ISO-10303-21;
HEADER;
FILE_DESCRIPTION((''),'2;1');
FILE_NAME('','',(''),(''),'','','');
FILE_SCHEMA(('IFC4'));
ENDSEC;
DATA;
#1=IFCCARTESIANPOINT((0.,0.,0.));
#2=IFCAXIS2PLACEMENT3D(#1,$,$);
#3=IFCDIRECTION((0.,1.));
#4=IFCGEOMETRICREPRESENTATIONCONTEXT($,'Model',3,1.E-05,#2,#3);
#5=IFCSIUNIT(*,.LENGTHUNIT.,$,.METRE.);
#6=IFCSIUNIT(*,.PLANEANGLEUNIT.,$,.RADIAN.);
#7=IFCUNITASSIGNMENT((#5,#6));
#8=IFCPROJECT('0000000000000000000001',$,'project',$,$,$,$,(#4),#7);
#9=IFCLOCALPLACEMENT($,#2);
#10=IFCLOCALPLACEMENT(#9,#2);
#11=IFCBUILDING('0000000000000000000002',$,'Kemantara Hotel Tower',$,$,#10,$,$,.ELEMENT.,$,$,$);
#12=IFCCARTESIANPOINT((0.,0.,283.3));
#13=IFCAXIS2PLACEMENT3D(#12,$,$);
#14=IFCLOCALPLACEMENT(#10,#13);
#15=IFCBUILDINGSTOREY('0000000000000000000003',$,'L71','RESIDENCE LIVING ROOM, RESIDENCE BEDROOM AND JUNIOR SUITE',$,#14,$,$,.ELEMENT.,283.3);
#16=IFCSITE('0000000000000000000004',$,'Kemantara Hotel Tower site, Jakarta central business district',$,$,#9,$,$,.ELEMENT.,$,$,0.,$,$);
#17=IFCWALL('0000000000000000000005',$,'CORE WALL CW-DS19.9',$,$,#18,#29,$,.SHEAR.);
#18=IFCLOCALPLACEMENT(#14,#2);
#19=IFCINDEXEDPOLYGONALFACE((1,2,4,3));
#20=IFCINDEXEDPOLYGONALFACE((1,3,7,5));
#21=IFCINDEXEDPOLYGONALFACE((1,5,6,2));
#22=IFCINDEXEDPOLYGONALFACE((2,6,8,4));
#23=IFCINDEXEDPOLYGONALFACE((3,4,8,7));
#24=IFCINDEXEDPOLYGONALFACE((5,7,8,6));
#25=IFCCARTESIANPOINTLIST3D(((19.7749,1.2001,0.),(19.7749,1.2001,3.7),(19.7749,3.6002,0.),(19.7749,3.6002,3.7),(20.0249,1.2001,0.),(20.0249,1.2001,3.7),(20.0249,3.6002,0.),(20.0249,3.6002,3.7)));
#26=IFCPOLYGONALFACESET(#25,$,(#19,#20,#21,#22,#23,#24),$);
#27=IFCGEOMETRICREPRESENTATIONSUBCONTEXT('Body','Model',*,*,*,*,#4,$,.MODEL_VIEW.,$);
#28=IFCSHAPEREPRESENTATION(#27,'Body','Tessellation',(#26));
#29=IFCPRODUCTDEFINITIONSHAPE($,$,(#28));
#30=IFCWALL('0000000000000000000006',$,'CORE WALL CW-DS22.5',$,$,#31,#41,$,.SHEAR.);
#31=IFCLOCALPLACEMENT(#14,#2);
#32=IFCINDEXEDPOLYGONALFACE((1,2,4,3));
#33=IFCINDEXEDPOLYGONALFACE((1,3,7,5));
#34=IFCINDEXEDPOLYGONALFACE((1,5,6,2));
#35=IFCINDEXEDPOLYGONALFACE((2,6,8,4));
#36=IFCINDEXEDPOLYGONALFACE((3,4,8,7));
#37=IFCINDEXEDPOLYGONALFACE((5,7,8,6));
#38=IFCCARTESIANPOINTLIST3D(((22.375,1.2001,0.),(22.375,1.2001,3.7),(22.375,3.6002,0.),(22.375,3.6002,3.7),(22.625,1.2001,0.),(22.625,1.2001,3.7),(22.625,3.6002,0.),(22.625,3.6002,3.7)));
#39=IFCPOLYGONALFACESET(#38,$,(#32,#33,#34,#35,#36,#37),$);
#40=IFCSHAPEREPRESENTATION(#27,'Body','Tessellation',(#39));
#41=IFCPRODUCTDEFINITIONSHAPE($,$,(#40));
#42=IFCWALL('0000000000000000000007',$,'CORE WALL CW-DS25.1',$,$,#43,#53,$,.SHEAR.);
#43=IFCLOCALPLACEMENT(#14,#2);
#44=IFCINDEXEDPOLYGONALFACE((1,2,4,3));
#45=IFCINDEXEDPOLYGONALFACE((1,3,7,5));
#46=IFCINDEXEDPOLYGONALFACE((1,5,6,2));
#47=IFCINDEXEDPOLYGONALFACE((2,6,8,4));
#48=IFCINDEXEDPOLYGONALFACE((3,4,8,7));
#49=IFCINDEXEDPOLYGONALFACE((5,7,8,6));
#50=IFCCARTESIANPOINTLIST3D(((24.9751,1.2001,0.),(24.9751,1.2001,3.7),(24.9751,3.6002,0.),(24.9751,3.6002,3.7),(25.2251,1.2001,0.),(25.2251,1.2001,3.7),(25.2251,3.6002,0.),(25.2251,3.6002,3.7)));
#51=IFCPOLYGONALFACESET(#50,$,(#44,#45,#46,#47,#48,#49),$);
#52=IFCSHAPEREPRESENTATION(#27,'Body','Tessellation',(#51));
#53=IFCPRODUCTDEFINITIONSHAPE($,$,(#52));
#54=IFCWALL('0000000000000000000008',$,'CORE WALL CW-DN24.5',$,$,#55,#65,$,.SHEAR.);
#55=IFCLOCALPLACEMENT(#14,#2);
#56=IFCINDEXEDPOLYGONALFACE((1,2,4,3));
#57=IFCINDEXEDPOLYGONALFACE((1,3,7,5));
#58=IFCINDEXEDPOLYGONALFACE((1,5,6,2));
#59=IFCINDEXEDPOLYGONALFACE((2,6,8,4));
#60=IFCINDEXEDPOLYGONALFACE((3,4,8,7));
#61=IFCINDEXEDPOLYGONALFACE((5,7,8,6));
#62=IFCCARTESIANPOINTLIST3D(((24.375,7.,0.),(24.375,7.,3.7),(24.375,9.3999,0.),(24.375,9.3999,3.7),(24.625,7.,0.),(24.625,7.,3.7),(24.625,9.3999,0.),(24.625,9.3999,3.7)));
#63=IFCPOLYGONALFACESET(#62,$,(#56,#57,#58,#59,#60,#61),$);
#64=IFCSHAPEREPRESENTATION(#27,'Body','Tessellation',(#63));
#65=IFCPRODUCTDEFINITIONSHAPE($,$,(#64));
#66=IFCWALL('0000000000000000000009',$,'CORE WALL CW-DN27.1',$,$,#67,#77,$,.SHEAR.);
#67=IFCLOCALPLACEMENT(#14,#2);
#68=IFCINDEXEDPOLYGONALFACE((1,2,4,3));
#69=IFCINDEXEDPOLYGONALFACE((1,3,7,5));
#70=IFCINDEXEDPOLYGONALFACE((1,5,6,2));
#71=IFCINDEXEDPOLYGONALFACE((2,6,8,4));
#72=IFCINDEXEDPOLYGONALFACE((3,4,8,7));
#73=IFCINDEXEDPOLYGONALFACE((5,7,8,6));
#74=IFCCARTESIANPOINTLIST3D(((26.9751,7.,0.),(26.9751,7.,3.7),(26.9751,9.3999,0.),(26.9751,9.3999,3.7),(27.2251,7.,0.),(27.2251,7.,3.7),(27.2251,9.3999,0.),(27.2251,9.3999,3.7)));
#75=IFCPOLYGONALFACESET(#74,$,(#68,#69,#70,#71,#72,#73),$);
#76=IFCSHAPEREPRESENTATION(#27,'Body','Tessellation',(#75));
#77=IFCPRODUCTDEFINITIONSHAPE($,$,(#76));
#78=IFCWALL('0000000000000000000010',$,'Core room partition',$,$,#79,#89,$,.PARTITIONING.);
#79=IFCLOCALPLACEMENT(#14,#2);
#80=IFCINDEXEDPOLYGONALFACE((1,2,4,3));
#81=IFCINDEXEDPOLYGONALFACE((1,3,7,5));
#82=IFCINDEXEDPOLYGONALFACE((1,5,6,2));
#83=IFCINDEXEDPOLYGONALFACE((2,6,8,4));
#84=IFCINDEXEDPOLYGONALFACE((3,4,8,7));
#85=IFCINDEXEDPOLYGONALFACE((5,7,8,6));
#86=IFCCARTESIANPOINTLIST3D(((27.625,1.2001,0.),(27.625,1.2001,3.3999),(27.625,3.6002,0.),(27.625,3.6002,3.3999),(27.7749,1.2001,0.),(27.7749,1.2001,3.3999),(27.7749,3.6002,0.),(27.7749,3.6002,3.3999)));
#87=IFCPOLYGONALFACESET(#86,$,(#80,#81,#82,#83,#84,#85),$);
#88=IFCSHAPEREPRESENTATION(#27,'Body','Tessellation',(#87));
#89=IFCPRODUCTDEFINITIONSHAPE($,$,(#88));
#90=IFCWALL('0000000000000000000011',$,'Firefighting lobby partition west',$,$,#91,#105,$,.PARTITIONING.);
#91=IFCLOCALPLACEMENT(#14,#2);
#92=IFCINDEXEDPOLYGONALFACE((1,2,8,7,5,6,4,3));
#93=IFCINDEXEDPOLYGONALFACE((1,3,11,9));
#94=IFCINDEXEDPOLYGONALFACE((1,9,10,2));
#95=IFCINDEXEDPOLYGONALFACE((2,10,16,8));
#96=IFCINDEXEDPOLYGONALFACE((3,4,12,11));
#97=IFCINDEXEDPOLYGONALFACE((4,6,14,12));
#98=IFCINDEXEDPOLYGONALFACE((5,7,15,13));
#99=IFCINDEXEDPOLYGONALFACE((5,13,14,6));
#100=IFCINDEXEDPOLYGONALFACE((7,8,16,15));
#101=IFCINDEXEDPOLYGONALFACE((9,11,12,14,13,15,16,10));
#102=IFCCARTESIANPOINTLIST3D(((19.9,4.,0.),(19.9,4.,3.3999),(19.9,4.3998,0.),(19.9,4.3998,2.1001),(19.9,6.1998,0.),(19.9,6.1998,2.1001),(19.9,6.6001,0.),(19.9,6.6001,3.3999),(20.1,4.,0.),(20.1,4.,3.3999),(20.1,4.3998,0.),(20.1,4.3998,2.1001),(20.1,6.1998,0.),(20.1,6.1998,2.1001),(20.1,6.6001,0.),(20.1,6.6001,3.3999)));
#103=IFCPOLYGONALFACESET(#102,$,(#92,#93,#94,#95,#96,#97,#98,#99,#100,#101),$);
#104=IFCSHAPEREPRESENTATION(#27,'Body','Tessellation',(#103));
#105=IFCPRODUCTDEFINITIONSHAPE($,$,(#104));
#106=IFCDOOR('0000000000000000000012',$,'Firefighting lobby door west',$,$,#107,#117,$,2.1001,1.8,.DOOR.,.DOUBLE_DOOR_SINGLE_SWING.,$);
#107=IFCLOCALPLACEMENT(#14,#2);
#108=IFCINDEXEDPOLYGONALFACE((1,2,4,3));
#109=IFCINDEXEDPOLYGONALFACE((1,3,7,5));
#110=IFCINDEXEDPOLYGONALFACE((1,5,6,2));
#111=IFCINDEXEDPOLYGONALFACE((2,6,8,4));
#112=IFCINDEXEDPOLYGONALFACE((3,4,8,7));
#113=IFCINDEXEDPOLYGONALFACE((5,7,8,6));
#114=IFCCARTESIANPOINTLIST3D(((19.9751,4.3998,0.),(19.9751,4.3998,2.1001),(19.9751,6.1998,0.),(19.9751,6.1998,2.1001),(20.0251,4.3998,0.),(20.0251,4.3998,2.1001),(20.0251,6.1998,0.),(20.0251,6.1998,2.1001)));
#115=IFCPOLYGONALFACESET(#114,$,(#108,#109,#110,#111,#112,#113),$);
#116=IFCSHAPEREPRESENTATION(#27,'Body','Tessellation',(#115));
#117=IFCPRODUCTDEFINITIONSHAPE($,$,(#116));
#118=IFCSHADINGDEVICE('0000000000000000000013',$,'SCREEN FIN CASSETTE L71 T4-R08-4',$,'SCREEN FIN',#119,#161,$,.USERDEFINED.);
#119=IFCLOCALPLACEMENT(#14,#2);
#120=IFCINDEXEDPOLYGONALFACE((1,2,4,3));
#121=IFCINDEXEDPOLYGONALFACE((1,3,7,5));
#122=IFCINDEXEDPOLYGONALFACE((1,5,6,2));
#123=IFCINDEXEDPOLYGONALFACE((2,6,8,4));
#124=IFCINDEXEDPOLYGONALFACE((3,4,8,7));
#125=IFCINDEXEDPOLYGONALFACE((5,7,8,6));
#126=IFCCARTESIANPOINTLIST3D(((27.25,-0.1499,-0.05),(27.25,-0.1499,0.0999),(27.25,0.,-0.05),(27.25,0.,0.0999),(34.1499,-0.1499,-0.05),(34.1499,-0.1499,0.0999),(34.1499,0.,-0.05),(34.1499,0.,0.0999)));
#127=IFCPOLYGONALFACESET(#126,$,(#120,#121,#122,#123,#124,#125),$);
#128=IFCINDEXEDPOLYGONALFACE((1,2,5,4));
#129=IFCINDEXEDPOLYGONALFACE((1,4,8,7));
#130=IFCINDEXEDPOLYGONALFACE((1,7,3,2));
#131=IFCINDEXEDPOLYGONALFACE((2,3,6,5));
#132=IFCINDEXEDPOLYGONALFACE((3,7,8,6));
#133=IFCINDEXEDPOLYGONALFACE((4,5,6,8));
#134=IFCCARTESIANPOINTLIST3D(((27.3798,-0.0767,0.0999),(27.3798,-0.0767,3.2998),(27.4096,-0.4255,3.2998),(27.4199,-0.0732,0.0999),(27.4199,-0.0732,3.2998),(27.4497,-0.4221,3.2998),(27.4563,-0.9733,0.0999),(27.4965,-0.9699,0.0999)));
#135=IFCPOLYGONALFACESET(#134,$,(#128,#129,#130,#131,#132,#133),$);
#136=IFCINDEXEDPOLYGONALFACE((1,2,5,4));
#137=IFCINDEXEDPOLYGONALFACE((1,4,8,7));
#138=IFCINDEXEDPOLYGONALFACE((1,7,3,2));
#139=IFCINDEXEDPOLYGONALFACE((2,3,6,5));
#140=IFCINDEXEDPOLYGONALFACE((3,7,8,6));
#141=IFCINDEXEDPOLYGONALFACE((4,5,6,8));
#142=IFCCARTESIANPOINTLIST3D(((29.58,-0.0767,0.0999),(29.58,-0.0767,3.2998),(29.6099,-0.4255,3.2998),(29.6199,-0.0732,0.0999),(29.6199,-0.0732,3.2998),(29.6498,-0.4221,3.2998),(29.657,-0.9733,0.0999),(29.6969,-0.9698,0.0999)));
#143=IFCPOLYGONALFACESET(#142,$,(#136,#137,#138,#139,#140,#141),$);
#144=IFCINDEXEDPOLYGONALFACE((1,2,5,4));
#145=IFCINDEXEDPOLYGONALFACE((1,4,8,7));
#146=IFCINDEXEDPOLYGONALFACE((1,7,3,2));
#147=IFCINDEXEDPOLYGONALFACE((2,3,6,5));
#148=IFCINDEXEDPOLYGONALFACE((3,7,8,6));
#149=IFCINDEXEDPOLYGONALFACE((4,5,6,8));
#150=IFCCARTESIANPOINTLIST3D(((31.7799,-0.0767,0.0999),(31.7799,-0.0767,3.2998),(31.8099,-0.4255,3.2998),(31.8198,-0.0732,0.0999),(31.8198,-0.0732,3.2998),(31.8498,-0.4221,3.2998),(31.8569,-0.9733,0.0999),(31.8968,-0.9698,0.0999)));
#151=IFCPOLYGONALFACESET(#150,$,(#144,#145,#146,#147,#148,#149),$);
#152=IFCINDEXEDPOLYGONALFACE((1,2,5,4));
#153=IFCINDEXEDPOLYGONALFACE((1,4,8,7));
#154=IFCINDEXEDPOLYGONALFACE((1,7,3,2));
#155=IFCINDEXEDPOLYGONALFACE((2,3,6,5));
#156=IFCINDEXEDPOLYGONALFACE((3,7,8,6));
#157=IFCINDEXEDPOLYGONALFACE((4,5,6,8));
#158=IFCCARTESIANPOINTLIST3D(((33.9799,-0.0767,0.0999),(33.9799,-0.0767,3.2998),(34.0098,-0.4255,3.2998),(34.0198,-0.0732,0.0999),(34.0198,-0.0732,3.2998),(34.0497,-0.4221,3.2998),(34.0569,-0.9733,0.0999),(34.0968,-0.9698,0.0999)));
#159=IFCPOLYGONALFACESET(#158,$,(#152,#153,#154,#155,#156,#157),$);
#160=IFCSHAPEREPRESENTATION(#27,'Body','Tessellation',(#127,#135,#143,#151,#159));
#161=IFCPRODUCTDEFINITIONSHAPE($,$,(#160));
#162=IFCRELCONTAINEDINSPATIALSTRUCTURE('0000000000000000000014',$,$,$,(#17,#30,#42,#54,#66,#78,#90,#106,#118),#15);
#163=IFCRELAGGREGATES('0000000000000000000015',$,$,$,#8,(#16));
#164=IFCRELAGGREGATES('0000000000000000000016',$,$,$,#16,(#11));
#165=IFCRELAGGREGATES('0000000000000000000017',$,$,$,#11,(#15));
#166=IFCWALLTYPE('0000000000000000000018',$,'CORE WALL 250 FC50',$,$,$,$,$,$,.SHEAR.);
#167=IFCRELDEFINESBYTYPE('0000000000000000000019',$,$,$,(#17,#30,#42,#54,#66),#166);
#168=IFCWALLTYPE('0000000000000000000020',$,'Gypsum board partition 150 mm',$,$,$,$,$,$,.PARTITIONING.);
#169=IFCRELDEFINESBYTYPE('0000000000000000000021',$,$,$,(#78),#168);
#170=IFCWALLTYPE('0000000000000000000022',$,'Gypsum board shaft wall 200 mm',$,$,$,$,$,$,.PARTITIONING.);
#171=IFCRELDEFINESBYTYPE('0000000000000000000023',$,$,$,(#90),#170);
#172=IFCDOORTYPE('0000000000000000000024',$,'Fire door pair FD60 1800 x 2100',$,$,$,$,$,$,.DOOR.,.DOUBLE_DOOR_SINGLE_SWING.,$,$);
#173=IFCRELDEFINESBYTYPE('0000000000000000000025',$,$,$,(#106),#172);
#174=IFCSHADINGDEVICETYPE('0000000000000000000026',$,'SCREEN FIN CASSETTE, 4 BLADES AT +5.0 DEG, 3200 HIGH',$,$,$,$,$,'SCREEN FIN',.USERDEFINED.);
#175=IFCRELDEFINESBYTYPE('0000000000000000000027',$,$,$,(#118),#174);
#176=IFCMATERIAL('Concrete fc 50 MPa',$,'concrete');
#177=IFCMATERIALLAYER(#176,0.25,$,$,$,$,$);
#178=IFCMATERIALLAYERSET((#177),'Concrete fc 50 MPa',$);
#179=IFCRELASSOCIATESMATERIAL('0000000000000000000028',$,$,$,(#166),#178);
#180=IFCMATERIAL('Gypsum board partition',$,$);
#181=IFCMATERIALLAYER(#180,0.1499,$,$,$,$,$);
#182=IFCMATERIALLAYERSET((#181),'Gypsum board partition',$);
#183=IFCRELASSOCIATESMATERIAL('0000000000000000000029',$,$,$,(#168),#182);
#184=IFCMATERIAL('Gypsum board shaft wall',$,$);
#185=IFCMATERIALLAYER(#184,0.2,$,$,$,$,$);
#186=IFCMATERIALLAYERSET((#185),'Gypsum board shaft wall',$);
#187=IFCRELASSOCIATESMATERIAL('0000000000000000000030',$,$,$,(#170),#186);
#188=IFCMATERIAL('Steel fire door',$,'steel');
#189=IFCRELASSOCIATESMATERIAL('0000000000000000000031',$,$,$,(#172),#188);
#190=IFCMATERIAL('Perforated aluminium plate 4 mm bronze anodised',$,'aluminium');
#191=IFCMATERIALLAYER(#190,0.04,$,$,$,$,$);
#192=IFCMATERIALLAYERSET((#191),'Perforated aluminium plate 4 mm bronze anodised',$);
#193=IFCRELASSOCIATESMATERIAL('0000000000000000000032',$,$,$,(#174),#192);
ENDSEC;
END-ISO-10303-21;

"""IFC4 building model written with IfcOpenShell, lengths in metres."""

from ifc_helpers import new_model, si_unit, direction, frame, frame_2d, origin, origin_2d, place, context, subcontext, project, spatial, polyline, rectangle, outline, extrude, source, transform, mapped, material, layer, layer_set, type_object, element, fill, save


model = new_model("IFC4")

# Units and contexts
model_context = context("Model", 3, precision=1e-05, world=origin(), true_north=direction((0.0, 1.0)))
body_context = subcontext(model_context, "Body", "Model", "MODEL_VIEW")
ifc_project = project(units=[si_unit("LENGTHUNIT", "METRE"), si_unit("PLANEANGLEUNIT", "RADIAN")], contexts=[model_context])

# Site, building, storey
site_placement = place(None, origin())
site = spatial("IfcSite", under=ifc_project, at=site_placement, Name="Kemantara Hotel Tower site, Jakarta central business district", CompositionType="ELEMENT", RefElevation=0.0)
building_placement = place(site_placement, origin())
building = spatial("IfcBuilding", under=site, at=building_placement, Name="Kemantara Hotel Tower", CompositionType="ELEMENT")
storey_placement = place(building_placement, frame((0.0, 0.0, 283.3)))
storey = spatial("IfcBuildingStorey", under=building, at=storey_placement, Name="L71", Description="RESIDENCE LIVING ROOM, RESIDENCE BEDROOM AND JUNIOR SUITE", CompositionType="ELEMENT", Elevation=283.3)

# Walls
ifc_material_1 = material(Name="Concrete fc 50 MPa", Category="concrete")
ifc_layer_1 = layer(ifc_material_1, 0.25)
ifc_layer_set_1 = layer_set([ifc_layer_1], Name="Concrete fc 50 MPa")
wall_type_1 = type_object("IfcWallType", Name="CORE WALL 250 FC50", PredefinedType="SHEAR", material=ifc_layer_set_1)
for number, where, z_axis, x_axis, name in (
    (1, (19.8999, 1.2, 0.0), (0.0, 0.0, 1.0), (0.0, 1.0, 0.0), "CORE WALL CW-DS19.9"),
    (2, (22.5, 1.2, 0.0), (0.0, 0.0, 1.0), (0.0, 1.0, 0.0), "CORE WALL CW-DS22.5"),
    (3, (25.1001, 1.2, 0.0), (0.0, 0.0, 1.0), (0.0, 1.0, 0.0), "CORE WALL CW-DS25.1"),
):
    element("IfcWall", number, at=place(storey_placement, frame(where, z_axis=z_axis, x_axis=x_axis)), inside=storey, type_object=wall_type_1, Name=name, PredefinedType="SHEAR", context=body_context, shape_type="SweptSolid", body=[
        extrude(rectangle(XDim=2.4001, YDim=0.25, at=frame_2d((1.2002, 0.0))), origin(), (0.0, 0.0, 1.0), 3.7),
    ])
for number, where, z_axis, x_axis, name in (
    (4, (24.5, 7.0, 0.0), (0.0, 0.0, 1.0), (0.0, 1.0, 0.0), "CORE WALL CW-DN24.5"),
    (5, (27.1001, 7.0, 0.0), (0.0, 0.0, 1.0), (0.0, 1.0, 0.0), "CORE WALL CW-DN27.1"),
):
    element("IfcWall", number, at=place(storey_placement, frame(where, z_axis=z_axis, x_axis=x_axis)), inside=storey, type_object=wall_type_1, Name=name, PredefinedType="SHEAR", context=body_context, shape_type="SweptSolid", body=[
        extrude(rectangle(XDim=2.3999, YDim=0.25, at=frame_2d((1.2, 0.0))), origin(), (0.0, 0.0, 1.0), 3.7),
    ])
ifc_material_2 = material(Name="Gypsum board partition")
ifc_layer_2 = layer(ifc_material_2, 0.1499)
ifc_layer_set_2 = layer_set([ifc_layer_2], Name="Gypsum board partition")
wall_type_2 = type_object("IfcWallType", Name="Gypsum board partition 150 mm", PredefinedType="PARTITIONING", material=ifc_layer_set_2)
wall_1_placement = place(storey_placement, frame((27.7, 1.2, 0.0), z_axis=(0.0, 0.0, 1.0), x_axis=(0.0, 1.0, 0.0)))
element("IfcWall", 6, at=wall_1_placement, inside=storey, type_object=wall_type_2, Name="Core room partition", PredefinedType="PARTITIONING", context=body_context, shape_type="SweptSolid", body=[
    extrude(rectangle(XDim=2.4001, YDim=0.1499, at=frame_2d((1.2002, 0.0))), origin(), (0.0, 0.0, 1.0), 3.3999),
])

# Wall, opening, door
ifc_material_3 = material(Name="Gypsum board shaft wall")
ifc_layer_3 = layer(ifc_material_3, 0.2)
ifc_layer_set_3 = layer_set([ifc_layer_3], Name="Gypsum board shaft wall")
wall_type_3 = type_object("IfcWallType", Name="Gypsum board shaft wall 200 mm", PredefinedType="PARTITIONING", material=ifc_layer_set_3)
wall_2_placement = place(storey_placement, frame((20.0, 4.0, 0.0), z_axis=(0.0, 0.0, 1.0), x_axis=(0.0, 1.0, 0.0)))
wall_2 = element("IfcWall", 7, at=wall_2_placement, inside=storey, type_object=wall_type_3, Name="Firefighting lobby partition west", PredefinedType="PARTITIONING", context=body_context, shape_type="SweptSolid", body=[
    extrude(rectangle(XDim=2.6001, YDim=0.2, at=frame_2d((1.3, 0.0))), origin(), (0.0, 0.0, 1.0), 3.3999),
])
opening_placement = place(wall_2_placement, frame((0.3999, 0.0, 0.0)))
opening = element("IfcOpeningElement", 8, at=opening_placement, cuts=wall_2, PredefinedType="OPENING", context=body_context, shape_type="SweptSolid", body=[
    extrude(rectangle(XDim=1.8, YDim=2.1001, at=frame_2d((0.8999, 1.05))), frame((0.0, 0.1099, 0.0), z_axis=(0.0, -1.0, 0.0), x_axis=(1.0, 0.0, 0.0)), (0.0, 0.0, 1.0), 0.22),
])
ifc_material_4 = material(Name="Steel fire door", Category="steel")
door_type = type_object("IfcDoorType", Name="Fire door pair FD60 1800 x 2100", OperationType="DOUBLE_DOOR_SINGLE_SWING", PredefinedType="DOOR", material=ifc_material_4)
door_placement = place(opening_placement, origin())
door = element("IfcDoor", 9, at=door_placement, inside=storey, type_object=door_type, Name="Firefighting lobby door west", OperationType="DOUBLE_DOOR_SINGLE_SWING", OverallHeight=2.1001, OverallWidth=1.8, PredefinedType="DOOR", context=body_context, shape_type="SweptSolid", body=[
    extrude(rectangle(XDim=1.8, YDim=2.1001, at=frame_2d((0.8999, 1.05))), frame((0.0, 0.0249, 0.0), z_axis=(0.0, -1.0, 0.0), x_axis=(1.0, 0.0, 0.0)), (0.0, 0.0, 1.0), 0.05),
])
fill(opening, door)

# Shading device
ifc_material_5 = material(Name="Perforated aluminium plate 4 mm bronze anodised", Category="aluminium")
ifc_layer_4 = layer(ifc_material_5, 0.04)
ifc_layer_set_4 = layer_set([ifc_layer_4], Name="Perforated aluminium plate 4 mm bronze anodised")
shading_device_type = type_object("IfcShadingDeviceType", Name="SCREEN FIN CASSETTE, 4 BLADES AT +5.0 DEG, 3200 HIGH", ElementType="SCREEN FIN", PredefinedType="USERDEFINED", material=ifc_layer_set_4)
shared_shape = source(origin(), body_context, "Body", "SweptSolid", [
    extrude(rectangle(XDim=6.8999, YDim=0.1499, at=origin_2d()), frame((3.3, -0.075, -0.1499), z_axis=(0.0, 0.0, 1.0), x_axis=(1.0, 0.0, 0.0)), (0.0, 0.0, 1.0), 0.1499),
    extrude(outline(polyline([(0.0, 0.0), (0.8999, 0.0), (0.3501, 3.2), (0.0, 3.2), (0.0, 0.0)])), frame((0.02, -0.0732, 0.0), z_axis=(-0.996376, -0.085056, 0.0), x_axis=(0.085056, -0.996376, 0.0)), (0.0, 0.0, 1.0), 0.0403),
    extrude(outline(polyline([(0.0, 0.0), (0.8999, 0.0), (0.3501, 3.2), (0.0, 3.2), (0.0, 0.0)])), frame((2.22, -0.0732, 0.0), z_axis=(-0.996332, -0.085575, 0.0), x_axis=(0.085575, -0.996332, 0.0)), (0.0, 0.0, 1.0), 0.04),
    extrude(outline(polyline([(0.0, 0.0), (0.8999, 0.0), (0.3501, 3.2), (0.0, 3.2), (0.0, 0.0)])), frame((4.4199, -0.0732, 0.0), z_axis=(-0.996332, -0.085575, 0.0), x_axis=(0.085575, -0.996332, 0.0)), (0.0, 0.0, 1.0), 0.04),
    extrude(outline(polyline([(0.0, 0.0), (0.8999, 0.0), (0.3501, 3.2), (0.0, 3.2), (0.0, 0.0)])), frame((6.6199, -0.0732, 0.0), z_axis=(-0.996332, -0.085575, 0.0), x_axis=(0.085575, -0.996332, 0.0)), (0.0, 0.0, 1.0), 0.04),
])
shading_device_placement = place(storey_placement, frame((27.3999, 0.0, 0.0999), z_axis=(0.0, 0.0, 1.0), x_axis=(1.0, 0.0, 0.0)))
element("IfcShadingDevice", 10, at=shading_device_placement, inside=storey, type_object=shading_device_type, Name="SCREEN FIN CASSETTE L71 T4-R08-4", ObjectType="SCREEN FIN", PredefinedType="USERDEFINED", context=body_context, shape_type="MappedRepresentation", body=[
    mapped(shared_shape, transform((0.0, 0.0, 0.0))),
])

save(model, "model.ifc")
